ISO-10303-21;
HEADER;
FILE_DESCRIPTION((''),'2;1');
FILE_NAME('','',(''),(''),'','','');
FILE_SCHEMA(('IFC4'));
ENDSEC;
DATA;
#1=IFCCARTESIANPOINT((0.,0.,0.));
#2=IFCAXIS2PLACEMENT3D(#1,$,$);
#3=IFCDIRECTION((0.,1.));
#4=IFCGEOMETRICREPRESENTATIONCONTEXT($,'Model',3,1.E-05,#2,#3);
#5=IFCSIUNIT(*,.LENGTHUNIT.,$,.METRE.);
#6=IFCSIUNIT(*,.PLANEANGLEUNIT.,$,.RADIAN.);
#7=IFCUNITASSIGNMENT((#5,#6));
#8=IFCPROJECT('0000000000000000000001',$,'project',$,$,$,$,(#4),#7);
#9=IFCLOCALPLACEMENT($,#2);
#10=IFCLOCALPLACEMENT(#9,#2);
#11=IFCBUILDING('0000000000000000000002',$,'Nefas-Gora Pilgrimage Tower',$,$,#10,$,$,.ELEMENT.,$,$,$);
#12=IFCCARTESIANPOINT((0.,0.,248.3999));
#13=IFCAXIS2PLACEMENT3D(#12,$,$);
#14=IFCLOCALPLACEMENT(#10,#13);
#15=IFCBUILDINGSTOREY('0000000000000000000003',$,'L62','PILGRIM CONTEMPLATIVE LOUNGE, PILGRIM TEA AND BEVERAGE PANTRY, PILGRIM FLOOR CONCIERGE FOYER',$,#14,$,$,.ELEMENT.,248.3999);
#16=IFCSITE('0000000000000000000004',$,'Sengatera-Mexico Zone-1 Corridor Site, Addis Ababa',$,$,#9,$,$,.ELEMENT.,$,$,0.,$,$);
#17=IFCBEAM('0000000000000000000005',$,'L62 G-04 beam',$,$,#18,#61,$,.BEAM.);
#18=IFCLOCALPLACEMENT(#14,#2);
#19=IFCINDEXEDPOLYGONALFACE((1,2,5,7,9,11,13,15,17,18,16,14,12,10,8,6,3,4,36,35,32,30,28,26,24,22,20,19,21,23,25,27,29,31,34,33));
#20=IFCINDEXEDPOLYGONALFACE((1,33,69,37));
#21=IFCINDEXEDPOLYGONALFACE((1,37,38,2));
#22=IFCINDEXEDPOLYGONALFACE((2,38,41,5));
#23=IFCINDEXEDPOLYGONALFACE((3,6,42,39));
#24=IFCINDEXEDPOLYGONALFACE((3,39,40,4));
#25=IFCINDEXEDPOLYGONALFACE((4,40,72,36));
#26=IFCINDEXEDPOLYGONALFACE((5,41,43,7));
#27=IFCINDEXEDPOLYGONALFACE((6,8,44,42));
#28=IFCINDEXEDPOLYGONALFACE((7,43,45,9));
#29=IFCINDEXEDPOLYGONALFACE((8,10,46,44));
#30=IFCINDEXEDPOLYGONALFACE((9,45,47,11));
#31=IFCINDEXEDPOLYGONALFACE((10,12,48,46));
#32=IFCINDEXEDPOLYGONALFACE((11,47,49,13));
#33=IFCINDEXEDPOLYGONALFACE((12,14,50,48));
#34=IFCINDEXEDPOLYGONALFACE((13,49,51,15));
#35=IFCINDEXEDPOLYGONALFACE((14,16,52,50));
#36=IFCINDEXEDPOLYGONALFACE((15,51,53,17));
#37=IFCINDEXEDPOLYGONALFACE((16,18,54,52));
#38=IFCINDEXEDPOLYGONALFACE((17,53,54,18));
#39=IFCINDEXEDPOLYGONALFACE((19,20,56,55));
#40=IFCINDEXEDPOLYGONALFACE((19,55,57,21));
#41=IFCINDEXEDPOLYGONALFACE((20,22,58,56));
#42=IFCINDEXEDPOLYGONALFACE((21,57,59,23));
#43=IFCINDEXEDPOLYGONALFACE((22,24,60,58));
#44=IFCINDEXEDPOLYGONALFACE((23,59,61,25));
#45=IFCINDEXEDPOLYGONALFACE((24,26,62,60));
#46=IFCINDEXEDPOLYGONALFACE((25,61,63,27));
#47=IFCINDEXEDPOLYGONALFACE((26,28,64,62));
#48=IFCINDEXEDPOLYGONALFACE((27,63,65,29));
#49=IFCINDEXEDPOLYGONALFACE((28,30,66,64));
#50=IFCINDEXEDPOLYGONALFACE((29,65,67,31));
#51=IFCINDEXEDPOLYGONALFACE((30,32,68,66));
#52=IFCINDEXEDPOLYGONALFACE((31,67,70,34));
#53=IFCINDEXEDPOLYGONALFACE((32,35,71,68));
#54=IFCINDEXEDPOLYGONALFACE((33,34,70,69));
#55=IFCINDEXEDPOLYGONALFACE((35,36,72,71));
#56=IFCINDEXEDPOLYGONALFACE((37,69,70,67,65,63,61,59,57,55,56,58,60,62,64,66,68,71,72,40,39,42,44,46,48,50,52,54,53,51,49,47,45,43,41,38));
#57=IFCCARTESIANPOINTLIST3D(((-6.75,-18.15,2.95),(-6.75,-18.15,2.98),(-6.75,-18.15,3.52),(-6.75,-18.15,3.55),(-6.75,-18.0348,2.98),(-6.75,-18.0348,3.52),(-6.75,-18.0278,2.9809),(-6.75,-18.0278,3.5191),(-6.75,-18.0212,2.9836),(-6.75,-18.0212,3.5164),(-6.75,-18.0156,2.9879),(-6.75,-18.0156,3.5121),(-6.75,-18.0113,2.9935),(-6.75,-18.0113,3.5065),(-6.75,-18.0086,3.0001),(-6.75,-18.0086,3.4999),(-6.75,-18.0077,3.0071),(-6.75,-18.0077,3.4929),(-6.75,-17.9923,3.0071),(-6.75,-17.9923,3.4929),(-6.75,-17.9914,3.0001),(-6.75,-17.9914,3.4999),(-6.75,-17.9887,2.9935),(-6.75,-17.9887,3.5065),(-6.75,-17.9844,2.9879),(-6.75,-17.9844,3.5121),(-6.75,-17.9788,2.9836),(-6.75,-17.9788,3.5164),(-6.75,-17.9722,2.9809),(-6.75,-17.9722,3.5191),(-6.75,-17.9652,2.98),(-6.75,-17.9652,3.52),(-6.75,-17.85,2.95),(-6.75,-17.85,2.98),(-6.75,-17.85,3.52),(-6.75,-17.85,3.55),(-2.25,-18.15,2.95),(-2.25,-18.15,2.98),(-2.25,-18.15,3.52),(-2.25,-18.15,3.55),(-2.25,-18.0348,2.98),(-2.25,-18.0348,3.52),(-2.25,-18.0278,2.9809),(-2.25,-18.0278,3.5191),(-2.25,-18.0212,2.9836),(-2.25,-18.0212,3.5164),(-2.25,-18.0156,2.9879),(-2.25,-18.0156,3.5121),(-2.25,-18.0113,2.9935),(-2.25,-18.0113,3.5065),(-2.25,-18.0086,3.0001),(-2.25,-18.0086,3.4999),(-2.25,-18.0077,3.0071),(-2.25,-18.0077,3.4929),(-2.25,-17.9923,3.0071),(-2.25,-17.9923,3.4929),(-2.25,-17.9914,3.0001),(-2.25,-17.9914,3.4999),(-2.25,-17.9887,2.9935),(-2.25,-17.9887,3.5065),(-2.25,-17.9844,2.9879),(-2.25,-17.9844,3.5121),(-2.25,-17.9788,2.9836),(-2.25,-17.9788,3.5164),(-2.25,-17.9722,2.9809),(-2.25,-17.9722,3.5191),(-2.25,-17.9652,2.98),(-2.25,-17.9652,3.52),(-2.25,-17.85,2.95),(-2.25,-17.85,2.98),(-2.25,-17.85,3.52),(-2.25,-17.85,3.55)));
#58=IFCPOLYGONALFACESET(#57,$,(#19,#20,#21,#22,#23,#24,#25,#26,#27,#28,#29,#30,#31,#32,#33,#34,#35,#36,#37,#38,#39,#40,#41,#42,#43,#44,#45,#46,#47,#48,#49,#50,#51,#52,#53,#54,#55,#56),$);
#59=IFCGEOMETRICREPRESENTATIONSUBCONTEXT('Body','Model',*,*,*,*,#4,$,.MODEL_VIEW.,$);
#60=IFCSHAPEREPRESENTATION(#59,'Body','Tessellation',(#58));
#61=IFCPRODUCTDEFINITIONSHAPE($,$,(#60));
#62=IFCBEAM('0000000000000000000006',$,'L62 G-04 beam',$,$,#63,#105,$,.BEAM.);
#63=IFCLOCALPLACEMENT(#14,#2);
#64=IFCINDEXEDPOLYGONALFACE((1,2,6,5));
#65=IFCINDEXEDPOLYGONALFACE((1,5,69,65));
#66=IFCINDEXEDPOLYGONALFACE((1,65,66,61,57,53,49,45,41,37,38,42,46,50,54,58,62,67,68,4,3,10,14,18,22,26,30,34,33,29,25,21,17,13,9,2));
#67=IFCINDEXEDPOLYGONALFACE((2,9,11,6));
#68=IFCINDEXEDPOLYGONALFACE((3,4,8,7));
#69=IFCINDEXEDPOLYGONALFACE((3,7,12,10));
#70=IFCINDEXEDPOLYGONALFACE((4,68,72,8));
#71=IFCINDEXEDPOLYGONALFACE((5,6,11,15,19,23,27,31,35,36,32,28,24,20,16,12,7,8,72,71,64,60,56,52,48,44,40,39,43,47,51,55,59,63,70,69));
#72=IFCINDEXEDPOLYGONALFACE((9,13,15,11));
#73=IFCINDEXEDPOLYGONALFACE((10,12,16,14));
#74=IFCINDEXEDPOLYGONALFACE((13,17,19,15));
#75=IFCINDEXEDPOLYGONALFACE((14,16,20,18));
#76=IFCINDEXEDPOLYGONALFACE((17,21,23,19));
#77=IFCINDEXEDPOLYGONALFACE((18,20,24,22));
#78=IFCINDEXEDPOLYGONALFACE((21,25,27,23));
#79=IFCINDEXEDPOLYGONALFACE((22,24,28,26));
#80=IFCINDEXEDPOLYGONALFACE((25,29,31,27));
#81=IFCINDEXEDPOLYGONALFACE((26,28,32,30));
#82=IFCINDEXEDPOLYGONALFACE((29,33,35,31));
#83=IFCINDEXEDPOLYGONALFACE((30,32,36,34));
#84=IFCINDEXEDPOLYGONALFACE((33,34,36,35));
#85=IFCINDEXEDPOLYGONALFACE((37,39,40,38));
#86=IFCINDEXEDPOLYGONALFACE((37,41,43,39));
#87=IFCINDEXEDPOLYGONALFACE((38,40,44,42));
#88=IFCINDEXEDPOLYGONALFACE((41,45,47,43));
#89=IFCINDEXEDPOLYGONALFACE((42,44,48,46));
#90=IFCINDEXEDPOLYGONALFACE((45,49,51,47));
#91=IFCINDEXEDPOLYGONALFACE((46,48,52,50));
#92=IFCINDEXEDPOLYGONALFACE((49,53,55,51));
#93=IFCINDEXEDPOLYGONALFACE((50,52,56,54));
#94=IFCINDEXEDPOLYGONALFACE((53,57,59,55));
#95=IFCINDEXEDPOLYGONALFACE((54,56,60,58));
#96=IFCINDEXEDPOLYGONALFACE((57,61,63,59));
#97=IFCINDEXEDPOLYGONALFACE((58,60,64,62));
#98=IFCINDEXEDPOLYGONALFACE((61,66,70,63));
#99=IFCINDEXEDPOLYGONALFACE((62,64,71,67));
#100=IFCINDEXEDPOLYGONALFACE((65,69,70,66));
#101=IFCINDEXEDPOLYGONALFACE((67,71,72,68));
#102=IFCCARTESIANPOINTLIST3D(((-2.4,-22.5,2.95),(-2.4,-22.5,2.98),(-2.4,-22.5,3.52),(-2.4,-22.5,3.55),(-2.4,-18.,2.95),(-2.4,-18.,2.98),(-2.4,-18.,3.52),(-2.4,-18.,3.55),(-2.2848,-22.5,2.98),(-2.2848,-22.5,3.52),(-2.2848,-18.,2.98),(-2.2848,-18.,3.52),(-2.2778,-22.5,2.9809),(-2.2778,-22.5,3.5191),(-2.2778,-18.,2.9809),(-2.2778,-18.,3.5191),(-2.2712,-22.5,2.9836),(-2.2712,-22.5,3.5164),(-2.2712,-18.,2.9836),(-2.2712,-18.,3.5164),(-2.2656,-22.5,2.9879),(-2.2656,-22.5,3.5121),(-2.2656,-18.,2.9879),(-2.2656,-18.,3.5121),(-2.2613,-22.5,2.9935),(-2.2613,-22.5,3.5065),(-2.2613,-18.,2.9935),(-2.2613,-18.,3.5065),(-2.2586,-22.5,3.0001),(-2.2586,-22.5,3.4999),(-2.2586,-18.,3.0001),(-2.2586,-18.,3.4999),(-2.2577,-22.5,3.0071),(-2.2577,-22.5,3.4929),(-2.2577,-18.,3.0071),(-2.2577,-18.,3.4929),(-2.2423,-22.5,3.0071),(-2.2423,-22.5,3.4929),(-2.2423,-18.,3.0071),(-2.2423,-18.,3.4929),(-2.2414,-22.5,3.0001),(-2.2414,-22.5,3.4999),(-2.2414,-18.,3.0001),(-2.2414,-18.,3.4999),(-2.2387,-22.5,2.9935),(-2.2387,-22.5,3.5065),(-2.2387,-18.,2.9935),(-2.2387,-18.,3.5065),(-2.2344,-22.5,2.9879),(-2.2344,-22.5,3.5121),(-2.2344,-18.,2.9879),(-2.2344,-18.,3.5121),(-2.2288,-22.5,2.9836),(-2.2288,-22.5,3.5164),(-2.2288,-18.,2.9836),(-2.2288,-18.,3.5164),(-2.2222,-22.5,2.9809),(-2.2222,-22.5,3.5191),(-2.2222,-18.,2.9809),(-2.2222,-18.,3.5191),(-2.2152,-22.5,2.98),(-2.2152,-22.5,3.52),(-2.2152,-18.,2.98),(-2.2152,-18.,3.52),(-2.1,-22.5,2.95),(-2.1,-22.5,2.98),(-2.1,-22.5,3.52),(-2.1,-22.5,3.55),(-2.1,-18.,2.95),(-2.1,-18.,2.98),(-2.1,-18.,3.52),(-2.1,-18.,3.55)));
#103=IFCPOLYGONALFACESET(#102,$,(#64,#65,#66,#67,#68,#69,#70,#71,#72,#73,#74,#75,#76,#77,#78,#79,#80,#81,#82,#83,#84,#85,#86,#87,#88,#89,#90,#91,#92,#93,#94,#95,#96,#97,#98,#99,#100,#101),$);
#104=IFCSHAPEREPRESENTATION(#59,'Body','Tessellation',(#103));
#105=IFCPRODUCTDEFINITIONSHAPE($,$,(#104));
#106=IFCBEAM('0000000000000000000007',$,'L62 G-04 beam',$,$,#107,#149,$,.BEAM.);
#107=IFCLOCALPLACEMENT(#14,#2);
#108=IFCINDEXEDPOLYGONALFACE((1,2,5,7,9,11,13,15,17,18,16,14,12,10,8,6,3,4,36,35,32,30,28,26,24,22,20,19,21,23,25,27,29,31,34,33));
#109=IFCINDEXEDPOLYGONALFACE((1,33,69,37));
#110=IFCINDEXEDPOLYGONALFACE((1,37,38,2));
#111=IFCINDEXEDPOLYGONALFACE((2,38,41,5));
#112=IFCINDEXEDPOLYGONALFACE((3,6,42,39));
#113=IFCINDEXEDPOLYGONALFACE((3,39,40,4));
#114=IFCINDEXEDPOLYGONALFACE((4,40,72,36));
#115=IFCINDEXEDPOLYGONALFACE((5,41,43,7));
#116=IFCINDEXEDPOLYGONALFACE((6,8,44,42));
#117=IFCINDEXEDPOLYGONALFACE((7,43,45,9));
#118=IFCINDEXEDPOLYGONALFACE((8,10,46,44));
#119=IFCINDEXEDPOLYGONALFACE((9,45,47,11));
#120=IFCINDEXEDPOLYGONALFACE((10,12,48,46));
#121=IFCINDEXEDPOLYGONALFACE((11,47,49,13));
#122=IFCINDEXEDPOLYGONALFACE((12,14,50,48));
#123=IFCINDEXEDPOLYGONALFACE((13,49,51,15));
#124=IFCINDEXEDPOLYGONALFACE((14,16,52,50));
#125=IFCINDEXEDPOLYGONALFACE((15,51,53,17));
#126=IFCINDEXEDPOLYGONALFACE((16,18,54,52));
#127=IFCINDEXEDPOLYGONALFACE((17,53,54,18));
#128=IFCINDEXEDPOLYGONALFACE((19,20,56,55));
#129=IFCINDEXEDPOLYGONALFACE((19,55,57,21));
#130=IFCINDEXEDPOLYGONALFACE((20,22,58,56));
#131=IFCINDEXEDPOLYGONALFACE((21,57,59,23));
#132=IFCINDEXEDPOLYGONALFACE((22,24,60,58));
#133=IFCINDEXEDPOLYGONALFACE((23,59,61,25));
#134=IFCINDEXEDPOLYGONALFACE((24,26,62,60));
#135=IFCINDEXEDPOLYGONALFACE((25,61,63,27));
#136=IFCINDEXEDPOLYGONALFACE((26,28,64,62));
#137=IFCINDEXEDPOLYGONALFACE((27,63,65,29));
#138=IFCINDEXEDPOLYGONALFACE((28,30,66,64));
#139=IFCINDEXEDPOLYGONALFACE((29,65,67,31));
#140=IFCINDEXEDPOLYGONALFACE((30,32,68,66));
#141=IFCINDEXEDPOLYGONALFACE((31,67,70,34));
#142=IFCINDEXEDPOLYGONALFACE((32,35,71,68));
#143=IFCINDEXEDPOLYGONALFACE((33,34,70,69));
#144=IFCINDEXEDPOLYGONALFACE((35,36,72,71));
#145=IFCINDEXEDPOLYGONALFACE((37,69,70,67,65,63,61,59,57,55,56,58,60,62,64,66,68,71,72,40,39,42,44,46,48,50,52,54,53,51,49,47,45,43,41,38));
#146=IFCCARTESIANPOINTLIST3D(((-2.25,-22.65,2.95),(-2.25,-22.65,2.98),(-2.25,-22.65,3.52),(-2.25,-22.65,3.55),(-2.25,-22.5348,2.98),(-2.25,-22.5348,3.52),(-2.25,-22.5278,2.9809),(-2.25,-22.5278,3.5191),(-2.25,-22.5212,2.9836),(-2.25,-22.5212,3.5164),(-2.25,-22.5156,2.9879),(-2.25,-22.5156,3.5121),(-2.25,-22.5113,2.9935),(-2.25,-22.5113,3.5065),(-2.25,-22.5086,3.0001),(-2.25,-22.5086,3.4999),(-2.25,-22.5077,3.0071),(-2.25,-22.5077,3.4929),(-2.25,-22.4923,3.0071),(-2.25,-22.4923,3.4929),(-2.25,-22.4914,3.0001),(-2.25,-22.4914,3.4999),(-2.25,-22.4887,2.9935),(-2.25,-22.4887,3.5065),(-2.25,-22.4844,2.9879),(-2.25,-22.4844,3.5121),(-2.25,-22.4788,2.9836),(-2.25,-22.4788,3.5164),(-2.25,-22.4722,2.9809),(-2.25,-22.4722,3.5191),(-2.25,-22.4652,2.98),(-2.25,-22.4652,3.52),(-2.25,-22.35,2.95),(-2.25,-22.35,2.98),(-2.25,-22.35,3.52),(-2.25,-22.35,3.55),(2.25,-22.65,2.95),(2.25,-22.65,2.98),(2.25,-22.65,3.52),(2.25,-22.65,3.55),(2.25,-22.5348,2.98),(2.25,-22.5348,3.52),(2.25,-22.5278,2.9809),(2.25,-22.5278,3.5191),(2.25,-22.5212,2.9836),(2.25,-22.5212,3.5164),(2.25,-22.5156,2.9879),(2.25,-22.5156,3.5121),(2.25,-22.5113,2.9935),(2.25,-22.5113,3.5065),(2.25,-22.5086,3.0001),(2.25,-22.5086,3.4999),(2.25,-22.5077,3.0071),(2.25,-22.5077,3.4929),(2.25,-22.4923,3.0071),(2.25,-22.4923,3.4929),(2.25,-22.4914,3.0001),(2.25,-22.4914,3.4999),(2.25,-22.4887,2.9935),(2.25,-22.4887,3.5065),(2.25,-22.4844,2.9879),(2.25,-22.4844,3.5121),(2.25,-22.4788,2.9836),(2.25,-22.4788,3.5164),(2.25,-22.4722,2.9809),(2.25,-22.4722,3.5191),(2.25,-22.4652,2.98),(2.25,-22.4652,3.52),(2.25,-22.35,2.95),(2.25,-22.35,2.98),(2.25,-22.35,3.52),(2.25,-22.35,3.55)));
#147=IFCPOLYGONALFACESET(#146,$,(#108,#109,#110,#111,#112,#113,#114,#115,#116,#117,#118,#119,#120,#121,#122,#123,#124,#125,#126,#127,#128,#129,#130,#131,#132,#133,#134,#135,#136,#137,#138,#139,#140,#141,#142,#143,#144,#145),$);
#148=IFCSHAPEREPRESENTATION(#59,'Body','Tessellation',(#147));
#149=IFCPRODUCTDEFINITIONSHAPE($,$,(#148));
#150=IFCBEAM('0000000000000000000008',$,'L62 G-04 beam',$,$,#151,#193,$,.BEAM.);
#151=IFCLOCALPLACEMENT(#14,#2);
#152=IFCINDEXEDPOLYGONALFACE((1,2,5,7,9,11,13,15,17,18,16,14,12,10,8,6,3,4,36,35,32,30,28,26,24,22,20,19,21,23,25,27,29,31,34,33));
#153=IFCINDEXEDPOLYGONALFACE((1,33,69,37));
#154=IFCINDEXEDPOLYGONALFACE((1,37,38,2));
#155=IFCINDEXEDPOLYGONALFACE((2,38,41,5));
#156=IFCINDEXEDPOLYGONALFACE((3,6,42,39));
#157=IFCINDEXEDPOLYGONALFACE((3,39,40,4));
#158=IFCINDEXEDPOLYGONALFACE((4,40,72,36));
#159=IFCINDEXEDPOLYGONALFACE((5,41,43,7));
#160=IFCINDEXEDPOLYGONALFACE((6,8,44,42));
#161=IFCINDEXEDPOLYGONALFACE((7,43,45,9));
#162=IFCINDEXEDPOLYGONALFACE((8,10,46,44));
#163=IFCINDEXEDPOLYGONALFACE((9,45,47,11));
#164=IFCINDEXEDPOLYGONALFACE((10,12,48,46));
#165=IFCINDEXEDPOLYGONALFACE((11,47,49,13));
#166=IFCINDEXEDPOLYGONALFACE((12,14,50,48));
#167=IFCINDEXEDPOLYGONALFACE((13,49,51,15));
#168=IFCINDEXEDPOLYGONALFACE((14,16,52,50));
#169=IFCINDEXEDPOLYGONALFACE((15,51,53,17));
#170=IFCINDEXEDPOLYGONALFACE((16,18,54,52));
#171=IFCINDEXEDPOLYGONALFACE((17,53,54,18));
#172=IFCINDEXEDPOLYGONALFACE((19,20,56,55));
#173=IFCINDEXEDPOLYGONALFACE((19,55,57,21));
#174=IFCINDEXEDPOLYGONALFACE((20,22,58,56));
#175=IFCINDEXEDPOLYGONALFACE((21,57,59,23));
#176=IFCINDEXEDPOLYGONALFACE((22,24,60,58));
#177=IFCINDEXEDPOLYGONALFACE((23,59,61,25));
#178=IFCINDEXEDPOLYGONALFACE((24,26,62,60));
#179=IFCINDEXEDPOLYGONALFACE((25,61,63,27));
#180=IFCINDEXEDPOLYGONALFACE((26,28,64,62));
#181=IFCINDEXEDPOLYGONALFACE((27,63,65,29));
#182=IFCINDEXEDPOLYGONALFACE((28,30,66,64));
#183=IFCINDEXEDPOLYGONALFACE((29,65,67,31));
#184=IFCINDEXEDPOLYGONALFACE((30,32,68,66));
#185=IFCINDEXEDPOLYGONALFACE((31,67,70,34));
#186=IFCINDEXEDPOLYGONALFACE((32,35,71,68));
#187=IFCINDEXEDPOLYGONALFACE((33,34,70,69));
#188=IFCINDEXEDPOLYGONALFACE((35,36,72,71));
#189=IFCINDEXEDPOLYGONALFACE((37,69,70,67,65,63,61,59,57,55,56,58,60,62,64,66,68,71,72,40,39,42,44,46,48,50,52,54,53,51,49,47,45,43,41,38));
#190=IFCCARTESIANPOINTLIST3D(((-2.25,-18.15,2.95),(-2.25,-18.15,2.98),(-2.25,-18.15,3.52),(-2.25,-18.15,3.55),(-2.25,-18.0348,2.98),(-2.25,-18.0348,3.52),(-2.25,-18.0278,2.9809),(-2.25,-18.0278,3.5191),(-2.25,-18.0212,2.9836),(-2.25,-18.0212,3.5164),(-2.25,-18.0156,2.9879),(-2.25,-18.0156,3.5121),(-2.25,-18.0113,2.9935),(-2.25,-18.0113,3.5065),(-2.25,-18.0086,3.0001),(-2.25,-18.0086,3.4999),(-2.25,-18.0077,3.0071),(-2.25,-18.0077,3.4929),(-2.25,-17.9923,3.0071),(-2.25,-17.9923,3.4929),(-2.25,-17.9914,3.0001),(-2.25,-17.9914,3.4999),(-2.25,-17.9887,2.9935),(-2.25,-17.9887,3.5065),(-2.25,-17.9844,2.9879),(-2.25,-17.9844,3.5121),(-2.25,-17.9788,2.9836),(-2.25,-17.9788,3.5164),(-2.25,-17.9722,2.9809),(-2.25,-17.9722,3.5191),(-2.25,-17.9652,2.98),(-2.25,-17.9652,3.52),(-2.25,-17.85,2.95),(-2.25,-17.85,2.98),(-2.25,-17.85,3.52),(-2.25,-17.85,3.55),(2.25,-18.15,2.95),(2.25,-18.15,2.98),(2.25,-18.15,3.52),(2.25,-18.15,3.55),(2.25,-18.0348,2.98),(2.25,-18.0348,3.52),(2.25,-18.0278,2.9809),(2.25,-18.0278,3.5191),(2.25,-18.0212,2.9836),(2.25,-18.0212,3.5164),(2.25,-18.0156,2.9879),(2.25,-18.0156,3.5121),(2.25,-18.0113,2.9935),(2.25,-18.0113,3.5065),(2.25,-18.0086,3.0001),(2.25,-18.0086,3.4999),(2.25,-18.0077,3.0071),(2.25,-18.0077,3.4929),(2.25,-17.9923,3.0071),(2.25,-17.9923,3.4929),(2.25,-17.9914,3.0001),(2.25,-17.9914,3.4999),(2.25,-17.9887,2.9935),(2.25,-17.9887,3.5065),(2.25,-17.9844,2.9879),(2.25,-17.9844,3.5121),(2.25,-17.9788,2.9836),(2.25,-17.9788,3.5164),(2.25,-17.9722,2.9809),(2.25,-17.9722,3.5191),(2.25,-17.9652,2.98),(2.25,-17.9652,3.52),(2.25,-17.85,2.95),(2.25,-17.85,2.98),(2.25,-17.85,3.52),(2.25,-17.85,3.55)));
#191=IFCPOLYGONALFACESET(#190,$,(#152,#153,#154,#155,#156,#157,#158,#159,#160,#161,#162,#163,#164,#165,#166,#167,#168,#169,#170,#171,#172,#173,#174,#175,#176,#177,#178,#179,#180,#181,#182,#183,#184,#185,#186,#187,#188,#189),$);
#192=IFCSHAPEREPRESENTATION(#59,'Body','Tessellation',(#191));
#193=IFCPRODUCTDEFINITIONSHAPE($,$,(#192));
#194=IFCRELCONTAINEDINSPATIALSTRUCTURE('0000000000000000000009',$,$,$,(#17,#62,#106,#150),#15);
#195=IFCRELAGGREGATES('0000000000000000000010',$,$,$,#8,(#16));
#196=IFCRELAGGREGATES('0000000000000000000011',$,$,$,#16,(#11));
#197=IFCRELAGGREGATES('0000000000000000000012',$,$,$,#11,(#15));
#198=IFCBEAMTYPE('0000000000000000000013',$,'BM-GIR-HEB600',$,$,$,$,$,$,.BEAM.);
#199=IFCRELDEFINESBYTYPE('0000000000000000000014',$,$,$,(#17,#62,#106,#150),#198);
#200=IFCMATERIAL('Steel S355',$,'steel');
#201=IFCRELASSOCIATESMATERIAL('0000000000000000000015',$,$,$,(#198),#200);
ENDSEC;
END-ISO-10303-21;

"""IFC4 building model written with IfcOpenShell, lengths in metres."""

from ifc_helpers import new_model, si_unit, direction, frame, origin, origin_2d, place, context, subcontext, project, spatial, i_section, extrude, source, transform, mapped, material, material_profile, profile_set, type_object, element, save


model = new_model("IFC4")

# Units and contexts
model_context = context("Model", 3, precision=1e-05, world=origin(), true_north=direction((0.0, 1.0)))
body_context = subcontext(model_context, "Body", "Model", "MODEL_VIEW")
ifc_project = project(units=[si_unit("LENGTHUNIT", "METRE"), si_unit("PLANEANGLEUNIT", "RADIAN")], contexts=[model_context])

# Site, building, storey
site_placement = place(None, origin())
site = spatial("IfcSite", under=ifc_project, at=site_placement, Name="Sengatera-Mexico Zone-1 Corridor Site, Addis Ababa", CompositionType="ELEMENT", RefElevation=0.0)
building_placement = place(site_placement, origin())
building = spatial("IfcBuilding", under=site, at=building_placement, Name="Nefas-Gora Pilgrimage Tower", CompositionType="ELEMENT")
storey_placement = place(building_placement, frame((0.0, 0.0, 248.3999)))
storey = spatial("IfcBuildingStorey", under=building, at=storey_placement, Name="L62", Description="PILGRIM CONTEMPLATIVE LOUNGE, PILGRIM TEA AND BEVERAGE PANTRY, PILGRIM FLOOR CONCIERGE FOYER", CompositionType="ELEMENT", Elevation=248.3999)

# Beams
ifc_material_1 = material(Name="Steel S355", Category="steel")
ifc_material_profile_1 = material_profile(ifc_material_1, i_section(OverallWidth=0.3, OverallDepth=0.6001, WebThickness=0.0154, FlangeThickness=0.03, FilletRadius=0.0271, at=origin_2d()), Name="HEB 600")
ifc_profile_set_1 = profile_set([ifc_material_profile_1], Name="Steel S355")
beam_type = type_object("IfcBeamType", Name="BM-GIR-HEB600", PredefinedType="BEAM", material=ifc_profile_set_1)
shared_shape_1 = source(origin(), body_context, "Body", "SweptSolid", [
    extrude(i_section(OverallWidth=0.3, OverallDepth=0.6001, WebThickness=0.0154, FlangeThickness=0.03, FilletRadius=0.0271, at=origin_2d()), origin(), (0.0, 0.0, 1.0), 4.5),
])
for number, where, z_axis, x_axis, name in (
    (1, (-6.75, -18.0, 3.25), (1.0, 0.0, 0.0), (0.0, 1.0, 0.0), "L62 G-04 beam"),
    (2, (-2.25, -22.5, 3.25), (0.0, 1.0, 0.0), (-1.0, 0.0, 0.0), "L62 G-04 beam"),
    (3, (-2.25, -22.5, 3.25), (1.0, 0.0, 0.0), (0.0, 1.0, 0.0), "L62 G-04 beam"),
    (4, (-2.25, -18.0, 3.25), (1.0, 0.0, 0.0), (0.0, 1.0, 0.0), "L62 G-04 beam"),
):
    element("IfcBeam", number, at=place(storey_placement, frame(where, z_axis=z_axis, x_axis=x_axis)), inside=storey, type_object=beam_type, Name=name, PredefinedType="BEAM", context=body_context, shape_type="MappedRepresentation", body=[
        mapped(shared_shape_1, transform((0.0, 0.0, 0.0), x_axis=(1.0, 0.0, 0.0), y_axis=(0.0, 1.0, 0.0), z_axis=(0.0, 0.0, 1.0), scale=1.0)),
    ])

save(model, "model.ifc")
